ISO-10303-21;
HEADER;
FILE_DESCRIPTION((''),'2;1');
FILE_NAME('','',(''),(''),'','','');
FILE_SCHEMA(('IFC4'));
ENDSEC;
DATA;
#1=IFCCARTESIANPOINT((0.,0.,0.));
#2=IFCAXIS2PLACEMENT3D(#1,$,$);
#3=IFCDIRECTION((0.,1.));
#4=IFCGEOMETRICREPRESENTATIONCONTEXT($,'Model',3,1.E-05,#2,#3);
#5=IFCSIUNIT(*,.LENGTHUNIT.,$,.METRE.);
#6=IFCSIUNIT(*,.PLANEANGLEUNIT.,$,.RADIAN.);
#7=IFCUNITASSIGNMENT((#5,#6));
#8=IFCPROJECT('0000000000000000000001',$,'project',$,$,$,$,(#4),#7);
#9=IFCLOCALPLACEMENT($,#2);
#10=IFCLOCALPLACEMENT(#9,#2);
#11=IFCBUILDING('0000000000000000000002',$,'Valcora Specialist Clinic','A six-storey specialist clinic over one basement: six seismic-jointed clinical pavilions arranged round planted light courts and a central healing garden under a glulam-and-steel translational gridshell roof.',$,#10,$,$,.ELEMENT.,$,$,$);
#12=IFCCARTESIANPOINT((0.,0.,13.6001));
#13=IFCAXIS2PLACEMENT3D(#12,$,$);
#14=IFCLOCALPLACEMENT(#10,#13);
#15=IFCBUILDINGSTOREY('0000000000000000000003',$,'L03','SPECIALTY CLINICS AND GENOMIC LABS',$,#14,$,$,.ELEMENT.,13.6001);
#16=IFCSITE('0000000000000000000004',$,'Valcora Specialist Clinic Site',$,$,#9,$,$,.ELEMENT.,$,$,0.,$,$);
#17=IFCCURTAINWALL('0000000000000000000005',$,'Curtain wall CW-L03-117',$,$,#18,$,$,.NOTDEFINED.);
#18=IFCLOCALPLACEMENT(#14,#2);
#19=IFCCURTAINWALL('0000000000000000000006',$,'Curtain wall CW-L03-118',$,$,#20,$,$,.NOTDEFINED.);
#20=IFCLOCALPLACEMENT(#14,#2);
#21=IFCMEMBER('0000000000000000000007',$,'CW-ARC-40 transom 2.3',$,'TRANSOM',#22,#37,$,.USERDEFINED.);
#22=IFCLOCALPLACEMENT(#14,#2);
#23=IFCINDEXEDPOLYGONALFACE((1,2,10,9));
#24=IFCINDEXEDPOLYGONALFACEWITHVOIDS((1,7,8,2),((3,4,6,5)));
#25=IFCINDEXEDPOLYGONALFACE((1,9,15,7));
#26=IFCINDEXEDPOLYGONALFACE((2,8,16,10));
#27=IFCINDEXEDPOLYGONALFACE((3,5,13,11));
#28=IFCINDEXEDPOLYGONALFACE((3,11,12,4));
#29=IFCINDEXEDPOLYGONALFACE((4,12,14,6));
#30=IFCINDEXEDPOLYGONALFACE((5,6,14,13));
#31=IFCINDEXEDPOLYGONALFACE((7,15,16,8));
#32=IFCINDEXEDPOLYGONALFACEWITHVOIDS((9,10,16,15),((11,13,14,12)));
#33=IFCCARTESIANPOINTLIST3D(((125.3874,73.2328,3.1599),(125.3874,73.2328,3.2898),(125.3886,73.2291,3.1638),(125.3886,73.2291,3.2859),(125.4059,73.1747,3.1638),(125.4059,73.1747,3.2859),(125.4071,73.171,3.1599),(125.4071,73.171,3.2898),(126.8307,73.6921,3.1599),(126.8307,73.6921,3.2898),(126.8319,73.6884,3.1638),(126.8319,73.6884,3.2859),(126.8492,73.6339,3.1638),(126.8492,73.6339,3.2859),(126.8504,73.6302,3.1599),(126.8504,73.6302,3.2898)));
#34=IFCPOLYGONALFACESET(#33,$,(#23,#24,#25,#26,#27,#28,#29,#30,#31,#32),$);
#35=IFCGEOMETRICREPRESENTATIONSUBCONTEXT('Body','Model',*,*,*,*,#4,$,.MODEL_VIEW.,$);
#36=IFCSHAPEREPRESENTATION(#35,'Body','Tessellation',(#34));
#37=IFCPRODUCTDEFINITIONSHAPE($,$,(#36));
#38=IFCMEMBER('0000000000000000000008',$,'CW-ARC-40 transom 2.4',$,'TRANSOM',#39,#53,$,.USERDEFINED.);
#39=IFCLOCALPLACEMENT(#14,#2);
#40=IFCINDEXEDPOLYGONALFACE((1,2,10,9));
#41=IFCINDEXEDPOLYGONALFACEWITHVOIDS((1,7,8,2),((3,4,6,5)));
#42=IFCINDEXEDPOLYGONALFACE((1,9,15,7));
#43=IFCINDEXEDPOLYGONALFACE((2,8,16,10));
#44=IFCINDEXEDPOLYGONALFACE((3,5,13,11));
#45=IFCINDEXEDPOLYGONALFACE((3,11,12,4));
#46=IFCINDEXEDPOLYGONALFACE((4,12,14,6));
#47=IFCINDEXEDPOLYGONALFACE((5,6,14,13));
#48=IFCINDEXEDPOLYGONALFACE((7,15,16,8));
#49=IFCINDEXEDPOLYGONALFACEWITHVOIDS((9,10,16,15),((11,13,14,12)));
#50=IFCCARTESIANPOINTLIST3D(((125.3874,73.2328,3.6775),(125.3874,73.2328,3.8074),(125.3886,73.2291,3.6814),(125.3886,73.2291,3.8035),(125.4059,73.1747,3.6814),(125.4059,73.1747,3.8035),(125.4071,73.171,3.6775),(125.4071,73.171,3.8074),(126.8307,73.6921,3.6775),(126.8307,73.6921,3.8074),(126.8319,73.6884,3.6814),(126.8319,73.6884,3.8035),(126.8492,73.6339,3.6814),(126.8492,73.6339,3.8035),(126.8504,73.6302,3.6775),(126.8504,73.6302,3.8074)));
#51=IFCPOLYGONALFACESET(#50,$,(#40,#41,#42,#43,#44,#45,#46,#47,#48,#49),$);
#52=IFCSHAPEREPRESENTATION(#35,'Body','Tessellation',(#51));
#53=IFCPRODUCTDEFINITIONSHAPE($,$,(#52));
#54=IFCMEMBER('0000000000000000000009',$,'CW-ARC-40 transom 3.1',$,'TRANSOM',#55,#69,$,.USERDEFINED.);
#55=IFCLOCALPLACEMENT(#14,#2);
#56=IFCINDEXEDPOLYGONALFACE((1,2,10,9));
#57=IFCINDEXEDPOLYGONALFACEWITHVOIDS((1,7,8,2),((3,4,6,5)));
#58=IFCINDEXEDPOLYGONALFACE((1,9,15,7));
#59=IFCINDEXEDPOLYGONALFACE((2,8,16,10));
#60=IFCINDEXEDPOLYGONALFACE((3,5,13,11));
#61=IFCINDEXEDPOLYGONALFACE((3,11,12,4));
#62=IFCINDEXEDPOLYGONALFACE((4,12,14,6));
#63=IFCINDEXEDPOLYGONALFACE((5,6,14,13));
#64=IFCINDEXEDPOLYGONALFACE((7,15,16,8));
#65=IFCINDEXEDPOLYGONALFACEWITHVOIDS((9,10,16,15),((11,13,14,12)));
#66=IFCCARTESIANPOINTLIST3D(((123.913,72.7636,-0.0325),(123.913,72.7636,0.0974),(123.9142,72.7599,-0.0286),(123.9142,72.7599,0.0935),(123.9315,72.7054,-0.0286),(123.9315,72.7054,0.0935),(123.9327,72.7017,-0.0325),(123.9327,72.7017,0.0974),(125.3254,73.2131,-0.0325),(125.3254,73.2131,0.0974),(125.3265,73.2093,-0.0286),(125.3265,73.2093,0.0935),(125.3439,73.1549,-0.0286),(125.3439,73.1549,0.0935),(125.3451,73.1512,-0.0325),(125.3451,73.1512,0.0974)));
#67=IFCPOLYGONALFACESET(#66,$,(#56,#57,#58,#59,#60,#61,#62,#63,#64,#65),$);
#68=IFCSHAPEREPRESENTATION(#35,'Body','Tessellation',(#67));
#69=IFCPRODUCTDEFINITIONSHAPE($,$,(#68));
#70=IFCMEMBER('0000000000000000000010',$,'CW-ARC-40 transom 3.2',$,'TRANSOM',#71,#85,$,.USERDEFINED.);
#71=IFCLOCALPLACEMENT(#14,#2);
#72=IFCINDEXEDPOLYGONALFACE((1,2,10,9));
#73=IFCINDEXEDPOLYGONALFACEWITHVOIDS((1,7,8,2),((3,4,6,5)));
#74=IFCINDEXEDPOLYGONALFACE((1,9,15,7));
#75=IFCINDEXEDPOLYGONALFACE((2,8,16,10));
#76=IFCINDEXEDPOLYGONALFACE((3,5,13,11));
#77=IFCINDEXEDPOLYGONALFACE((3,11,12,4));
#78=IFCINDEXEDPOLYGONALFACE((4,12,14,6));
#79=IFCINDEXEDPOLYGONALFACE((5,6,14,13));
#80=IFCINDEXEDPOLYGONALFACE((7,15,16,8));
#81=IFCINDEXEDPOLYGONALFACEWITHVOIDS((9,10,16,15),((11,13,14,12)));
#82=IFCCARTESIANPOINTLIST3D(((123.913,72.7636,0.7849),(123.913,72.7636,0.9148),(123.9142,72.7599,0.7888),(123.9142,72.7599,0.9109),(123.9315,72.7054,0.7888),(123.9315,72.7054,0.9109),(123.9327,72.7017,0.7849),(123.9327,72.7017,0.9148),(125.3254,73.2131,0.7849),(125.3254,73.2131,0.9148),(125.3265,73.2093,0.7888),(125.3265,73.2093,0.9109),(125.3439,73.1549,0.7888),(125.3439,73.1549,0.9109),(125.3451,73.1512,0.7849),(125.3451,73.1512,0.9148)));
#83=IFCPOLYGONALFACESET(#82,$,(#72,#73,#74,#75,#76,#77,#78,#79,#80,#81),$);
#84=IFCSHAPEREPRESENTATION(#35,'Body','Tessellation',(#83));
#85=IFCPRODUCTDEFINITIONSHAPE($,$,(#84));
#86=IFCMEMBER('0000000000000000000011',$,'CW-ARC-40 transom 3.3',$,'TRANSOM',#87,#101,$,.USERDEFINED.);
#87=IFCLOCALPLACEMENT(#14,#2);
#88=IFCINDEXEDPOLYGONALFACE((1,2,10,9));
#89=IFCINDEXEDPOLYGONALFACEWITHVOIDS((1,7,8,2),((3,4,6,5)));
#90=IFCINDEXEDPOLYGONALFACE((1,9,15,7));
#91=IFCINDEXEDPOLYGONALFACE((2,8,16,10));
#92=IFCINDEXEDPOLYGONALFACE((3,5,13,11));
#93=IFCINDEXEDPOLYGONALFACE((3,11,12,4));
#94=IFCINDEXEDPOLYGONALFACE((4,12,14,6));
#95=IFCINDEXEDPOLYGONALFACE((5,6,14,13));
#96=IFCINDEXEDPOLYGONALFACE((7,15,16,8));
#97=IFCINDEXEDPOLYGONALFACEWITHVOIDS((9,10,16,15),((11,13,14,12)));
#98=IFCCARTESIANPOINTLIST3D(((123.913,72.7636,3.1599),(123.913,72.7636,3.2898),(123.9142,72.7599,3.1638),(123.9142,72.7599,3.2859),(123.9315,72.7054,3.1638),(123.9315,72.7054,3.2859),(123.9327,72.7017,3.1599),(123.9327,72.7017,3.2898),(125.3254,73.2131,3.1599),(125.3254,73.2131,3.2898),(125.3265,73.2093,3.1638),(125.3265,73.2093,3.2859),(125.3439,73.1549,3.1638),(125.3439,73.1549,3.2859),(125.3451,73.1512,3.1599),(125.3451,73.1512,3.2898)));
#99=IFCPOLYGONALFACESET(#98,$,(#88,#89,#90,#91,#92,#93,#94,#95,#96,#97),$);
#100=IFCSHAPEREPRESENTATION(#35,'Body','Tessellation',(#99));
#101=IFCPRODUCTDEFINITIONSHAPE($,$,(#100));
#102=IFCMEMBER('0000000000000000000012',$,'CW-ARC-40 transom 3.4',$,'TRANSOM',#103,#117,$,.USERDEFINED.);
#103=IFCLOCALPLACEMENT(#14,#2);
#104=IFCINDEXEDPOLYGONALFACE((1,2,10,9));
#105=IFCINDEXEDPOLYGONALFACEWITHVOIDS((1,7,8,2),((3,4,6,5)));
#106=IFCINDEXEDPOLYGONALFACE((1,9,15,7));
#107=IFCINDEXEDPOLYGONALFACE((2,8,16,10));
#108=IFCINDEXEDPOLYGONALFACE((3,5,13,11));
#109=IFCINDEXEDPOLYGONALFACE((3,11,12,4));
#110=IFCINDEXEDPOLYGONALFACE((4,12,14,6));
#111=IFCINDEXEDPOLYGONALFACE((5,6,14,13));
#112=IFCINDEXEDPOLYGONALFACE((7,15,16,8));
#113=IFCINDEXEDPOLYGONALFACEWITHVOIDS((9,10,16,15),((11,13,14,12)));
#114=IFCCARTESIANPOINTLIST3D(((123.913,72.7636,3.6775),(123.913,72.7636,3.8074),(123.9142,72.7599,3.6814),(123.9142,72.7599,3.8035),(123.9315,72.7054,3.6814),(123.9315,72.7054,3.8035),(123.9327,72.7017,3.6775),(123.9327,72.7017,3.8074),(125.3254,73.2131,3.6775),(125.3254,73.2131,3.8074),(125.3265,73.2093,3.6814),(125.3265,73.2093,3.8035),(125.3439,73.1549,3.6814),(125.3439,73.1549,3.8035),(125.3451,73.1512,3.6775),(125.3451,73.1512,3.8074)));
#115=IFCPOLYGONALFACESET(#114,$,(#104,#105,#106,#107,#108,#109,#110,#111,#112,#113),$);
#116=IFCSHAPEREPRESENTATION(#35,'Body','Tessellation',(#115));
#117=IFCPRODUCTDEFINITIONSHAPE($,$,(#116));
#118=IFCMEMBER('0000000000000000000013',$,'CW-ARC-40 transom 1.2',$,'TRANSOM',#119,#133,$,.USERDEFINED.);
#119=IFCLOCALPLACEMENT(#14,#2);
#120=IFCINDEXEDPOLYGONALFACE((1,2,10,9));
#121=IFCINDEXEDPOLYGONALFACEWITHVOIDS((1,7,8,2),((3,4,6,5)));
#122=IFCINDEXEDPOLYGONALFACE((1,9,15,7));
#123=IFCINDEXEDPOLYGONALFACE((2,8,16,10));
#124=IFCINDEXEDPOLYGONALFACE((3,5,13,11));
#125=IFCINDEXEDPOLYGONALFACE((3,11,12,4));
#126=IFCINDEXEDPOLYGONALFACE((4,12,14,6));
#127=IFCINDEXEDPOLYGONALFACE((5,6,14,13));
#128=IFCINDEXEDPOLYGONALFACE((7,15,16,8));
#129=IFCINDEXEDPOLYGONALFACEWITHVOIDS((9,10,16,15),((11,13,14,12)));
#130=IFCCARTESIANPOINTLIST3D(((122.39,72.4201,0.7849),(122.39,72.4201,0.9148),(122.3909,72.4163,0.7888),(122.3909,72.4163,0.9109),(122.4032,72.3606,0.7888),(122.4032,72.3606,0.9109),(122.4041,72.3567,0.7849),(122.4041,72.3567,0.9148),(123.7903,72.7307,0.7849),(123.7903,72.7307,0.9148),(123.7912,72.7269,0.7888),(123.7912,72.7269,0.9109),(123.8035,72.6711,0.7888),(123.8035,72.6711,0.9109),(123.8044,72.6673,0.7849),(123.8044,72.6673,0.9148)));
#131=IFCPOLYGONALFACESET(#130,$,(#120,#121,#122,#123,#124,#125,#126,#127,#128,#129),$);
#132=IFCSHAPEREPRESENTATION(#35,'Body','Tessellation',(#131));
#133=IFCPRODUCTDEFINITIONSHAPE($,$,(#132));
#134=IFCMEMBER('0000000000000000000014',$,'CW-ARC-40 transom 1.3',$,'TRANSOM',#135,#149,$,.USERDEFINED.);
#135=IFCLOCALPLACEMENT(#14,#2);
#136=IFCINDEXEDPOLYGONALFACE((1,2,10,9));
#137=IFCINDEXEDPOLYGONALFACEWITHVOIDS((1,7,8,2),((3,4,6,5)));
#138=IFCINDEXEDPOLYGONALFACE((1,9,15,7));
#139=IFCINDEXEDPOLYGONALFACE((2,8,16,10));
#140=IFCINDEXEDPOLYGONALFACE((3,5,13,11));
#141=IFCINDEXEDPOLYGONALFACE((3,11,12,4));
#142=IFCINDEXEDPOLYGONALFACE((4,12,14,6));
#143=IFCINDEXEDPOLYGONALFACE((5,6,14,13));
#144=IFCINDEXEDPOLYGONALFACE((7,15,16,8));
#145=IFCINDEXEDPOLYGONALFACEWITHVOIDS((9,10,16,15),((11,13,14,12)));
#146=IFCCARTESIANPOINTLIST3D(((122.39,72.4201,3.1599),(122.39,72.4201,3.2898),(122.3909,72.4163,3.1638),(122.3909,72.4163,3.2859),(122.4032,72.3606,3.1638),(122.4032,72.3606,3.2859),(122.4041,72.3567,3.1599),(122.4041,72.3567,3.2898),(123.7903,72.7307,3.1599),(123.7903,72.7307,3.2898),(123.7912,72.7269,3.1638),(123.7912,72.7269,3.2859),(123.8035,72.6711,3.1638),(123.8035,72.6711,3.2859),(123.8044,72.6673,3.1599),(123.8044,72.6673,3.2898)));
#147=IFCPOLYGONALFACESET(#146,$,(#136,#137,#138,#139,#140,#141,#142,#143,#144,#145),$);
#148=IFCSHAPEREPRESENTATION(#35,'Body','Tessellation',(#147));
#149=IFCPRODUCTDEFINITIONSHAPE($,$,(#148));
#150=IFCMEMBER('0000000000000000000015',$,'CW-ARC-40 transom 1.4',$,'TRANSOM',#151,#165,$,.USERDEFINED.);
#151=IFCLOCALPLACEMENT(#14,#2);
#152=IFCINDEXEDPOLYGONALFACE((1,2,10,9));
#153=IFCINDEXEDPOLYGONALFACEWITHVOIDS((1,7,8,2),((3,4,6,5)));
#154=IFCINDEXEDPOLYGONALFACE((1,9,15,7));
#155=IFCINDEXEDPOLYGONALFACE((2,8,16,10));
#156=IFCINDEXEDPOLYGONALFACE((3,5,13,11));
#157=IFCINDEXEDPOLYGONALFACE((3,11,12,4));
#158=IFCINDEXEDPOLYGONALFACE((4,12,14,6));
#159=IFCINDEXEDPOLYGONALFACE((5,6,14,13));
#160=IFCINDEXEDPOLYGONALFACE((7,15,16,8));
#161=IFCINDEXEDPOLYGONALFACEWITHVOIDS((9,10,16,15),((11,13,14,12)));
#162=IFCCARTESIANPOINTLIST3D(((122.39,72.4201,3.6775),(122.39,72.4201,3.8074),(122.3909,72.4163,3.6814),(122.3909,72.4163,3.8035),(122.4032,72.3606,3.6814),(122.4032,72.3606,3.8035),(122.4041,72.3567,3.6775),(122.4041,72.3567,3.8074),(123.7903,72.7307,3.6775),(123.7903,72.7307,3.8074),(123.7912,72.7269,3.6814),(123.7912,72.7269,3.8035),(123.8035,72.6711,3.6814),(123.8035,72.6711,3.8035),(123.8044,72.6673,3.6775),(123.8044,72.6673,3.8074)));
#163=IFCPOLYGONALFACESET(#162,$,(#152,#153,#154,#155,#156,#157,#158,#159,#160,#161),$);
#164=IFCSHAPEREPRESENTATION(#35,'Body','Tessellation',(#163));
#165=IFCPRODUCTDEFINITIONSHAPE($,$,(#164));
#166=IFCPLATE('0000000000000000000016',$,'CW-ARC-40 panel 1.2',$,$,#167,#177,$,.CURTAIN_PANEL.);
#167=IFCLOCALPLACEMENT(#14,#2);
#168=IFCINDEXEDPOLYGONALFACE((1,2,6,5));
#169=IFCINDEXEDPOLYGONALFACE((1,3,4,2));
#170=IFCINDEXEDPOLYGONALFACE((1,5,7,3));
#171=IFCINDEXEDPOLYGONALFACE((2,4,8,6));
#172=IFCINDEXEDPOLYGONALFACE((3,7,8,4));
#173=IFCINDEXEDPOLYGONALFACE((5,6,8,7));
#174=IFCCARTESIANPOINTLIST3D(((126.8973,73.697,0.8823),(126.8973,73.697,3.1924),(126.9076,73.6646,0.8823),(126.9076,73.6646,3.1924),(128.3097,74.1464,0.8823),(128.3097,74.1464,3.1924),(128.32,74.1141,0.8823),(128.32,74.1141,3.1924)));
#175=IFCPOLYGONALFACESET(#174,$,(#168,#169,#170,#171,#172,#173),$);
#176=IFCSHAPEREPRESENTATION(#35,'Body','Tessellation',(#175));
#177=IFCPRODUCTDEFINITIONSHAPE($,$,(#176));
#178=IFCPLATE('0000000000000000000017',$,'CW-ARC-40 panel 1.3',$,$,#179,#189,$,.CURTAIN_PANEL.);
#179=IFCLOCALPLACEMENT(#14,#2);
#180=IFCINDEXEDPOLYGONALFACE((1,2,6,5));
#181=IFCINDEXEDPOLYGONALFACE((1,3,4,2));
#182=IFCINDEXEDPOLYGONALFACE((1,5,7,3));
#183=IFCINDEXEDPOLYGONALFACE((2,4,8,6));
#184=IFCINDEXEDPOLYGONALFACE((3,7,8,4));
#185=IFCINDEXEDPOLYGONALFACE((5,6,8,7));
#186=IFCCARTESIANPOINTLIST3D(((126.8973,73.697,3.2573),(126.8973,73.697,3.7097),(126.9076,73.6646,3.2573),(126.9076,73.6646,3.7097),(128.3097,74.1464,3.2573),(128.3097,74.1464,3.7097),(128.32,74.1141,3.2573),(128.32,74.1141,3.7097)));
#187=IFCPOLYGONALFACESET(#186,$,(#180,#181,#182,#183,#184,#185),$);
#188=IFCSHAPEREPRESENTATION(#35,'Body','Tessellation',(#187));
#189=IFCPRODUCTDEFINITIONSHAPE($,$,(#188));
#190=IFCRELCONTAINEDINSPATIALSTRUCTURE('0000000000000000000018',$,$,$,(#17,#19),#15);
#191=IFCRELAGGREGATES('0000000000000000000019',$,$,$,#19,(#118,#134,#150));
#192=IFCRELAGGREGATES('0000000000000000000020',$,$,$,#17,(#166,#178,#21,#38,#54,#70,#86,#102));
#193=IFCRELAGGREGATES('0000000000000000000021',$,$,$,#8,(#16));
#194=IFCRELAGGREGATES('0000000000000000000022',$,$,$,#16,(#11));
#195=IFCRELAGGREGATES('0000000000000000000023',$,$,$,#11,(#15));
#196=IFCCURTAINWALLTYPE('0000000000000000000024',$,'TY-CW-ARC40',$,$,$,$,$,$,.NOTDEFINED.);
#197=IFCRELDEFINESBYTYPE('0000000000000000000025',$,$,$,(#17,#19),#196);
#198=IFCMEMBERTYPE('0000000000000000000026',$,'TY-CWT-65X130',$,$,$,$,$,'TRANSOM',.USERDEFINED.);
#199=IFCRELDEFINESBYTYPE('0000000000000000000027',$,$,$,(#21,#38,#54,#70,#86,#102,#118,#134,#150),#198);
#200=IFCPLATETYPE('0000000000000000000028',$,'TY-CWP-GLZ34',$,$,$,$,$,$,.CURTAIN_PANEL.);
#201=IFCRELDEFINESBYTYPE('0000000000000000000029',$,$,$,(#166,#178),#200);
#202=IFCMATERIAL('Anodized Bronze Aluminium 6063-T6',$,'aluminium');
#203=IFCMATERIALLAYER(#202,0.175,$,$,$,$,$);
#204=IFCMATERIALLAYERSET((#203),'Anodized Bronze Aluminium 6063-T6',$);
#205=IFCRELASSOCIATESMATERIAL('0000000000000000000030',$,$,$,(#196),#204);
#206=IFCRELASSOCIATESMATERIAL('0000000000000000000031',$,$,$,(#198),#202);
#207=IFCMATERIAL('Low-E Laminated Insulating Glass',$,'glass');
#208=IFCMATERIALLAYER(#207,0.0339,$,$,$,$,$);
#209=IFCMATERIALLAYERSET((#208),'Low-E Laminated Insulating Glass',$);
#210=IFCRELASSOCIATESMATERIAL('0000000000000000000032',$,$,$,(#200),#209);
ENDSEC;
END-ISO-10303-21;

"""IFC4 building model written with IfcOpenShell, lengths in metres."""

from ifc_helpers import new_model, si_unit, direction, frame, origin, origin_2d, place, context, subcontext, project, spatial, rectangle, hollow_rectangle, extrude, material, layer, layer_set, material_profile, profile_set, type_object, element, aggregate, save


model = new_model("IFC4")

# Units and contexts
model_context = context("Model", 3, precision=1e-05, world=origin(), true_north=direction((0.0, 1.0)))
body_context = subcontext(model_context, "Body", "Model", "MODEL_VIEW")
ifc_project = project(units=[si_unit("LENGTHUNIT", "METRE"), si_unit("PLANEANGLEUNIT", "RADIAN")], contexts=[model_context])

# Site, building, storey
site_placement = place(None, origin())
site = spatial("IfcSite", under=ifc_project, at=site_placement, Name="Valcora Specialist Clinic Site", CompositionType="ELEMENT", RefElevation=0.0)
building_placement = place(site_placement, origin())
building = spatial("IfcBuilding", under=site, at=building_placement, Name="Valcora Specialist Clinic", Description="A six-storey specialist clinic over one basement: six seismic-jointed clinical pavilions arranged round planted light courts and a central healing garden under a glulam-and-steel translational gridshell roof.", CompositionType="ELEMENT")
storey_placement = place(building_placement, frame((0.0, 0.0, 13.6001)))
storey = spatial("IfcBuildingStorey", under=building, at=storey_placement, Name="L03", Description="SPECIALTY CLINICS AND GENOMIC LABS", CompositionType="ELEMENT", Elevation=13.6001)

# Curtain wall
ifc_material_1 = material(Name="Anodized Bronze Aluminium 6063-T6", Category="aluminium")
ifc_layer_1 = layer(ifc_material_1, 0.175)
ifc_layer_set_1 = layer_set([ifc_layer_1], Name="Anodized Bronze Aluminium 6063-T6")
curtain_wall_type = type_object("IfcCurtainWallType", Name="TY-CW-ARC40", PredefinedType="NOTDEFINED", material=ifc_layer_set_1)
curtain_wall_1_placement = place(storey_placement, origin())
curtain_wall_1 = element("IfcCurtainWall", 1, at=curtain_wall_1_placement, inside=storey, type_object=curtain_wall_type, Name="Curtain wall CW-L03-117", PredefinedType="NOTDEFINED")

# Curtain wall
curtain_wall_2_placement = place(storey_placement, origin())
curtain_wall_2 = element("IfcCurtainWall", 2, at=curtain_wall_2_placement, inside=storey, type_object=curtain_wall_type, Name="Curtain wall CW-L03-118", PredefinedType="NOTDEFINED")

# Members
ifc_material_profile_1 = material_profile(ifc_material_1, hollow_rectangle(XDim=0.0649, YDim=0.1299, WallThickness=0.0039, at=origin_2d()), Name="AL-TRN-65X130")
ifc_profile_set_1 = profile_set([ifc_material_profile_1], Name="Anodized Bronze Aluminium 6063-T6")
member_type_1 = type_object("IfcMemberType", Name="TY-CWT-65X130", ElementType="TRANSOM", PredefinedType="USERDEFINED", material=ifc_profile_set_1)
member_1_placement = place(storey_placement, frame((126.8406, 73.6611, 3.2249), z_axis=(-0.95293, -0.30319, 0.0), x_axis=(0.30319, -0.95293, 0.0)))
member_1 = element("IfcMember", 3, at=member_1_placement, type_object=member_type_1, Name="CW-ARC-40 transom 2.3", ObjectType="TRANSOM", PredefinedType="USERDEFINED", context=body_context, shape_type="SweptSolid", body=[
    extrude(hollow_rectangle(XDim=0.0649, YDim=0.1299, WallThickness=0.0039, at=origin_2d()), origin(), (0.0, 0.0, 1.0), 1.5146),
])
member_2_placement = place(storey_placement, frame((126.8406, 73.6611, 3.7424), z_axis=(-0.95293, -0.30319, 0.0), x_axis=(0.30319, -0.95293, 0.0)))
member_2 = element("IfcMember", 4, at=member_2_placement, type_object=member_type_1, Name="CW-ARC-40 transom 2.4", ObjectType="TRANSOM", PredefinedType="USERDEFINED", context=body_context, shape_type="SweptSolid", body=[
    extrude(hollow_rectangle(XDim=0.0649, YDim=0.1299, WallThickness=0.0039, at=origin_2d()), origin(), (0.0, 0.0, 1.0), 1.5146),
])
member_3_placement = place(storey_placement, frame((125.3352, 73.1821, 0.0325), z_axis=(-0.952911, -0.303251, 0.0), x_axis=(0.303251, -0.952911, 0.0)))
member_3 = element("IfcMember", 5, at=member_3_placement, type_object=member_type_1, Name="CW-ARC-40 transom 3.1", ObjectType="TRANSOM", PredefinedType="USERDEFINED", context=body_context, shape_type="SweptSolid", body=[
    extrude(hollow_rectangle(XDim=0.0649, YDim=0.1299, WallThickness=0.0039, at=origin_2d()), origin(), (0.0, 0.0, 1.0), 1.4822),
])
member_4_placement = place(storey_placement, frame((125.3352, 73.1821, 0.8499), z_axis=(-0.952911, -0.303251, 0.0), x_axis=(0.303251, -0.952911, 0.0)))
member_4 = element("IfcMember", 6, at=member_4_placement, type_object=member_type_1, Name="CW-ARC-40 transom 3.2", ObjectType="TRANSOM", PredefinedType="USERDEFINED", context=body_context, shape_type="SweptSolid", body=[
    extrude(hollow_rectangle(XDim=0.0649, YDim=0.1299, WallThickness=0.0039, at=origin_2d()), origin(), (0.0, 0.0, 1.0), 1.4822),
])
member_5_placement = place(storey_placement, frame((125.3352, 73.1821, 3.2249), z_axis=(-0.952911, -0.303251, 0.0), x_axis=(0.303251, -0.952911, 0.0)))
member_5 = element("IfcMember", 7, at=member_5_placement, type_object=member_type_1, Name="CW-ARC-40 transom 3.3", ObjectType="TRANSOM", PredefinedType="USERDEFINED", context=body_context, shape_type="SweptSolid", body=[
    extrude(hollow_rectangle(XDim=0.0649, YDim=0.1299, WallThickness=0.0039, at=origin_2d()), origin(), (0.0, 0.0, 1.0), 1.4822),
])
member_6_placement = place(storey_placement, frame((125.3352, 73.1821, 3.7424), z_axis=(-0.952911, -0.303251, 0.0), x_axis=(0.303251, -0.952911, 0.0)))
member_6 = element("IfcMember", 8, at=member_6_placement, type_object=member_type_1, Name="CW-ARC-40 transom 3.4", ObjectType="TRANSOM", PredefinedType="USERDEFINED", context=body_context, shape_type="SweptSolid", body=[
    extrude(hollow_rectangle(XDim=0.0649, YDim=0.1299, WallThickness=0.0039, at=origin_2d()), origin(), (0.0, 0.0, 1.0), 1.4822),
])
member_7_placement = place(storey_placement, frame((123.7974, 72.699, 0.8499), z_axis=(-0.976283, -0.216498, 0.0), x_axis=(0.216498, -0.976283, 0.0)))
member_7 = element("IfcMember", 9, at=member_7_placement, type_object=member_type_1, Name="CW-ARC-40 transom 1.2", ObjectType="TRANSOM", PredefinedType="USERDEFINED", context=body_context, shape_type="SweptSolid", body=[
    extrude(hollow_rectangle(XDim=0.0649, YDim=0.1299, WallThickness=0.0039, at=origin_2d()), origin(), (0.0, 0.0, 1.0), 1.4343),
])
member_8_placement = place(storey_placement, frame((123.7974, 72.699, 3.2249), z_axis=(-0.976283, -0.216498, 0.0), x_axis=(0.216498, -0.976283, 0.0)))
member_8 = element("IfcMember", 10, at=member_8_placement, type_object=member_type_1, Name="CW-ARC-40 transom 1.3", ObjectType="TRANSOM", PredefinedType="USERDEFINED", context=body_context, shape_type="SweptSolid", body=[
    extrude(hollow_rectangle(XDim=0.0649, YDim=0.1299, WallThickness=0.0039, at=origin_2d()), origin(), (0.0, 0.0, 1.0), 1.4343),
])
member_9_placement = place(storey_placement, frame((123.7974, 72.699, 3.7424), z_axis=(-0.976283, -0.216498, 0.0), x_axis=(0.216498, -0.976283, 0.0)))
member_9 = element("IfcMember", 11, at=member_9_placement, type_object=member_type_1, Name="CW-ARC-40 transom 1.4", ObjectType="TRANSOM", PredefinedType="USERDEFINED", context=body_context, shape_type="SweptSolid", body=[
    extrude(hollow_rectangle(XDim=0.0649, YDim=0.1299, WallThickness=0.0039, at=origin_2d()), origin(), (0.0, 0.0, 1.0), 1.4343),
])
aggregate(curtain_wall_2, [member_7, member_8, member_9])

# Plates
ifc_material_2 = material(Name="Low-E Laminated Insulating Glass", Category="glass")
ifc_layer_2 = layer(ifc_material_2, 0.0339)
ifc_layer_set_2 = layer_set([ifc_layer_2], Name="Low-E Laminated Insulating Glass")
plate_type_1 = type_object("IfcPlateType", Name="TY-CWP-GLZ34", PredefinedType="CURTAIN_PANEL", material=ifc_layer_set_2)
plate_1_placement = place(storey_placement, frame((127.6086, 73.9055, 0.8823), z_axis=(0.0, 0.0, 1.0), x_axis=(-0.952916, -0.303233, 0.0)))
plate_1 = element("IfcPlate", 12, at=plate_1_placement, type_object=plate_type_1, Name="CW-ARC-40 panel 1.2", PredefinedType="CURTAIN_PANEL", context=body_context, shape_type="SweptSolid", body=[
    extrude(rectangle(XDim=1.4822, YDim=0.0339, at=origin_2d()), origin(), (0.0, 0.0, 1.0), 2.3101),
])
plate_2_placement = place(storey_placement, frame((127.6086, 73.9055, 3.2573), z_axis=(0.0, 0.0, 1.0), x_axis=(-0.952916, -0.303233, 0.0)))
plate_2 = element("IfcPlate", 13, at=plate_2_placement, type_object=plate_type_1, Name="CW-ARC-40 panel 1.3", PredefinedType="CURTAIN_PANEL", context=body_context, shape_type="SweptSolid", body=[
    extrude(rectangle(XDim=1.4822, YDim=0.0339, at=origin_2d()), origin(), (0.0, 0.0, 1.0), 0.4524),
])
aggregate(curtain_wall_1, [plate_1, plate_2, member_1, member_2, member_3, member_4, member_5, member_6])

save(model, "model.ifc")
